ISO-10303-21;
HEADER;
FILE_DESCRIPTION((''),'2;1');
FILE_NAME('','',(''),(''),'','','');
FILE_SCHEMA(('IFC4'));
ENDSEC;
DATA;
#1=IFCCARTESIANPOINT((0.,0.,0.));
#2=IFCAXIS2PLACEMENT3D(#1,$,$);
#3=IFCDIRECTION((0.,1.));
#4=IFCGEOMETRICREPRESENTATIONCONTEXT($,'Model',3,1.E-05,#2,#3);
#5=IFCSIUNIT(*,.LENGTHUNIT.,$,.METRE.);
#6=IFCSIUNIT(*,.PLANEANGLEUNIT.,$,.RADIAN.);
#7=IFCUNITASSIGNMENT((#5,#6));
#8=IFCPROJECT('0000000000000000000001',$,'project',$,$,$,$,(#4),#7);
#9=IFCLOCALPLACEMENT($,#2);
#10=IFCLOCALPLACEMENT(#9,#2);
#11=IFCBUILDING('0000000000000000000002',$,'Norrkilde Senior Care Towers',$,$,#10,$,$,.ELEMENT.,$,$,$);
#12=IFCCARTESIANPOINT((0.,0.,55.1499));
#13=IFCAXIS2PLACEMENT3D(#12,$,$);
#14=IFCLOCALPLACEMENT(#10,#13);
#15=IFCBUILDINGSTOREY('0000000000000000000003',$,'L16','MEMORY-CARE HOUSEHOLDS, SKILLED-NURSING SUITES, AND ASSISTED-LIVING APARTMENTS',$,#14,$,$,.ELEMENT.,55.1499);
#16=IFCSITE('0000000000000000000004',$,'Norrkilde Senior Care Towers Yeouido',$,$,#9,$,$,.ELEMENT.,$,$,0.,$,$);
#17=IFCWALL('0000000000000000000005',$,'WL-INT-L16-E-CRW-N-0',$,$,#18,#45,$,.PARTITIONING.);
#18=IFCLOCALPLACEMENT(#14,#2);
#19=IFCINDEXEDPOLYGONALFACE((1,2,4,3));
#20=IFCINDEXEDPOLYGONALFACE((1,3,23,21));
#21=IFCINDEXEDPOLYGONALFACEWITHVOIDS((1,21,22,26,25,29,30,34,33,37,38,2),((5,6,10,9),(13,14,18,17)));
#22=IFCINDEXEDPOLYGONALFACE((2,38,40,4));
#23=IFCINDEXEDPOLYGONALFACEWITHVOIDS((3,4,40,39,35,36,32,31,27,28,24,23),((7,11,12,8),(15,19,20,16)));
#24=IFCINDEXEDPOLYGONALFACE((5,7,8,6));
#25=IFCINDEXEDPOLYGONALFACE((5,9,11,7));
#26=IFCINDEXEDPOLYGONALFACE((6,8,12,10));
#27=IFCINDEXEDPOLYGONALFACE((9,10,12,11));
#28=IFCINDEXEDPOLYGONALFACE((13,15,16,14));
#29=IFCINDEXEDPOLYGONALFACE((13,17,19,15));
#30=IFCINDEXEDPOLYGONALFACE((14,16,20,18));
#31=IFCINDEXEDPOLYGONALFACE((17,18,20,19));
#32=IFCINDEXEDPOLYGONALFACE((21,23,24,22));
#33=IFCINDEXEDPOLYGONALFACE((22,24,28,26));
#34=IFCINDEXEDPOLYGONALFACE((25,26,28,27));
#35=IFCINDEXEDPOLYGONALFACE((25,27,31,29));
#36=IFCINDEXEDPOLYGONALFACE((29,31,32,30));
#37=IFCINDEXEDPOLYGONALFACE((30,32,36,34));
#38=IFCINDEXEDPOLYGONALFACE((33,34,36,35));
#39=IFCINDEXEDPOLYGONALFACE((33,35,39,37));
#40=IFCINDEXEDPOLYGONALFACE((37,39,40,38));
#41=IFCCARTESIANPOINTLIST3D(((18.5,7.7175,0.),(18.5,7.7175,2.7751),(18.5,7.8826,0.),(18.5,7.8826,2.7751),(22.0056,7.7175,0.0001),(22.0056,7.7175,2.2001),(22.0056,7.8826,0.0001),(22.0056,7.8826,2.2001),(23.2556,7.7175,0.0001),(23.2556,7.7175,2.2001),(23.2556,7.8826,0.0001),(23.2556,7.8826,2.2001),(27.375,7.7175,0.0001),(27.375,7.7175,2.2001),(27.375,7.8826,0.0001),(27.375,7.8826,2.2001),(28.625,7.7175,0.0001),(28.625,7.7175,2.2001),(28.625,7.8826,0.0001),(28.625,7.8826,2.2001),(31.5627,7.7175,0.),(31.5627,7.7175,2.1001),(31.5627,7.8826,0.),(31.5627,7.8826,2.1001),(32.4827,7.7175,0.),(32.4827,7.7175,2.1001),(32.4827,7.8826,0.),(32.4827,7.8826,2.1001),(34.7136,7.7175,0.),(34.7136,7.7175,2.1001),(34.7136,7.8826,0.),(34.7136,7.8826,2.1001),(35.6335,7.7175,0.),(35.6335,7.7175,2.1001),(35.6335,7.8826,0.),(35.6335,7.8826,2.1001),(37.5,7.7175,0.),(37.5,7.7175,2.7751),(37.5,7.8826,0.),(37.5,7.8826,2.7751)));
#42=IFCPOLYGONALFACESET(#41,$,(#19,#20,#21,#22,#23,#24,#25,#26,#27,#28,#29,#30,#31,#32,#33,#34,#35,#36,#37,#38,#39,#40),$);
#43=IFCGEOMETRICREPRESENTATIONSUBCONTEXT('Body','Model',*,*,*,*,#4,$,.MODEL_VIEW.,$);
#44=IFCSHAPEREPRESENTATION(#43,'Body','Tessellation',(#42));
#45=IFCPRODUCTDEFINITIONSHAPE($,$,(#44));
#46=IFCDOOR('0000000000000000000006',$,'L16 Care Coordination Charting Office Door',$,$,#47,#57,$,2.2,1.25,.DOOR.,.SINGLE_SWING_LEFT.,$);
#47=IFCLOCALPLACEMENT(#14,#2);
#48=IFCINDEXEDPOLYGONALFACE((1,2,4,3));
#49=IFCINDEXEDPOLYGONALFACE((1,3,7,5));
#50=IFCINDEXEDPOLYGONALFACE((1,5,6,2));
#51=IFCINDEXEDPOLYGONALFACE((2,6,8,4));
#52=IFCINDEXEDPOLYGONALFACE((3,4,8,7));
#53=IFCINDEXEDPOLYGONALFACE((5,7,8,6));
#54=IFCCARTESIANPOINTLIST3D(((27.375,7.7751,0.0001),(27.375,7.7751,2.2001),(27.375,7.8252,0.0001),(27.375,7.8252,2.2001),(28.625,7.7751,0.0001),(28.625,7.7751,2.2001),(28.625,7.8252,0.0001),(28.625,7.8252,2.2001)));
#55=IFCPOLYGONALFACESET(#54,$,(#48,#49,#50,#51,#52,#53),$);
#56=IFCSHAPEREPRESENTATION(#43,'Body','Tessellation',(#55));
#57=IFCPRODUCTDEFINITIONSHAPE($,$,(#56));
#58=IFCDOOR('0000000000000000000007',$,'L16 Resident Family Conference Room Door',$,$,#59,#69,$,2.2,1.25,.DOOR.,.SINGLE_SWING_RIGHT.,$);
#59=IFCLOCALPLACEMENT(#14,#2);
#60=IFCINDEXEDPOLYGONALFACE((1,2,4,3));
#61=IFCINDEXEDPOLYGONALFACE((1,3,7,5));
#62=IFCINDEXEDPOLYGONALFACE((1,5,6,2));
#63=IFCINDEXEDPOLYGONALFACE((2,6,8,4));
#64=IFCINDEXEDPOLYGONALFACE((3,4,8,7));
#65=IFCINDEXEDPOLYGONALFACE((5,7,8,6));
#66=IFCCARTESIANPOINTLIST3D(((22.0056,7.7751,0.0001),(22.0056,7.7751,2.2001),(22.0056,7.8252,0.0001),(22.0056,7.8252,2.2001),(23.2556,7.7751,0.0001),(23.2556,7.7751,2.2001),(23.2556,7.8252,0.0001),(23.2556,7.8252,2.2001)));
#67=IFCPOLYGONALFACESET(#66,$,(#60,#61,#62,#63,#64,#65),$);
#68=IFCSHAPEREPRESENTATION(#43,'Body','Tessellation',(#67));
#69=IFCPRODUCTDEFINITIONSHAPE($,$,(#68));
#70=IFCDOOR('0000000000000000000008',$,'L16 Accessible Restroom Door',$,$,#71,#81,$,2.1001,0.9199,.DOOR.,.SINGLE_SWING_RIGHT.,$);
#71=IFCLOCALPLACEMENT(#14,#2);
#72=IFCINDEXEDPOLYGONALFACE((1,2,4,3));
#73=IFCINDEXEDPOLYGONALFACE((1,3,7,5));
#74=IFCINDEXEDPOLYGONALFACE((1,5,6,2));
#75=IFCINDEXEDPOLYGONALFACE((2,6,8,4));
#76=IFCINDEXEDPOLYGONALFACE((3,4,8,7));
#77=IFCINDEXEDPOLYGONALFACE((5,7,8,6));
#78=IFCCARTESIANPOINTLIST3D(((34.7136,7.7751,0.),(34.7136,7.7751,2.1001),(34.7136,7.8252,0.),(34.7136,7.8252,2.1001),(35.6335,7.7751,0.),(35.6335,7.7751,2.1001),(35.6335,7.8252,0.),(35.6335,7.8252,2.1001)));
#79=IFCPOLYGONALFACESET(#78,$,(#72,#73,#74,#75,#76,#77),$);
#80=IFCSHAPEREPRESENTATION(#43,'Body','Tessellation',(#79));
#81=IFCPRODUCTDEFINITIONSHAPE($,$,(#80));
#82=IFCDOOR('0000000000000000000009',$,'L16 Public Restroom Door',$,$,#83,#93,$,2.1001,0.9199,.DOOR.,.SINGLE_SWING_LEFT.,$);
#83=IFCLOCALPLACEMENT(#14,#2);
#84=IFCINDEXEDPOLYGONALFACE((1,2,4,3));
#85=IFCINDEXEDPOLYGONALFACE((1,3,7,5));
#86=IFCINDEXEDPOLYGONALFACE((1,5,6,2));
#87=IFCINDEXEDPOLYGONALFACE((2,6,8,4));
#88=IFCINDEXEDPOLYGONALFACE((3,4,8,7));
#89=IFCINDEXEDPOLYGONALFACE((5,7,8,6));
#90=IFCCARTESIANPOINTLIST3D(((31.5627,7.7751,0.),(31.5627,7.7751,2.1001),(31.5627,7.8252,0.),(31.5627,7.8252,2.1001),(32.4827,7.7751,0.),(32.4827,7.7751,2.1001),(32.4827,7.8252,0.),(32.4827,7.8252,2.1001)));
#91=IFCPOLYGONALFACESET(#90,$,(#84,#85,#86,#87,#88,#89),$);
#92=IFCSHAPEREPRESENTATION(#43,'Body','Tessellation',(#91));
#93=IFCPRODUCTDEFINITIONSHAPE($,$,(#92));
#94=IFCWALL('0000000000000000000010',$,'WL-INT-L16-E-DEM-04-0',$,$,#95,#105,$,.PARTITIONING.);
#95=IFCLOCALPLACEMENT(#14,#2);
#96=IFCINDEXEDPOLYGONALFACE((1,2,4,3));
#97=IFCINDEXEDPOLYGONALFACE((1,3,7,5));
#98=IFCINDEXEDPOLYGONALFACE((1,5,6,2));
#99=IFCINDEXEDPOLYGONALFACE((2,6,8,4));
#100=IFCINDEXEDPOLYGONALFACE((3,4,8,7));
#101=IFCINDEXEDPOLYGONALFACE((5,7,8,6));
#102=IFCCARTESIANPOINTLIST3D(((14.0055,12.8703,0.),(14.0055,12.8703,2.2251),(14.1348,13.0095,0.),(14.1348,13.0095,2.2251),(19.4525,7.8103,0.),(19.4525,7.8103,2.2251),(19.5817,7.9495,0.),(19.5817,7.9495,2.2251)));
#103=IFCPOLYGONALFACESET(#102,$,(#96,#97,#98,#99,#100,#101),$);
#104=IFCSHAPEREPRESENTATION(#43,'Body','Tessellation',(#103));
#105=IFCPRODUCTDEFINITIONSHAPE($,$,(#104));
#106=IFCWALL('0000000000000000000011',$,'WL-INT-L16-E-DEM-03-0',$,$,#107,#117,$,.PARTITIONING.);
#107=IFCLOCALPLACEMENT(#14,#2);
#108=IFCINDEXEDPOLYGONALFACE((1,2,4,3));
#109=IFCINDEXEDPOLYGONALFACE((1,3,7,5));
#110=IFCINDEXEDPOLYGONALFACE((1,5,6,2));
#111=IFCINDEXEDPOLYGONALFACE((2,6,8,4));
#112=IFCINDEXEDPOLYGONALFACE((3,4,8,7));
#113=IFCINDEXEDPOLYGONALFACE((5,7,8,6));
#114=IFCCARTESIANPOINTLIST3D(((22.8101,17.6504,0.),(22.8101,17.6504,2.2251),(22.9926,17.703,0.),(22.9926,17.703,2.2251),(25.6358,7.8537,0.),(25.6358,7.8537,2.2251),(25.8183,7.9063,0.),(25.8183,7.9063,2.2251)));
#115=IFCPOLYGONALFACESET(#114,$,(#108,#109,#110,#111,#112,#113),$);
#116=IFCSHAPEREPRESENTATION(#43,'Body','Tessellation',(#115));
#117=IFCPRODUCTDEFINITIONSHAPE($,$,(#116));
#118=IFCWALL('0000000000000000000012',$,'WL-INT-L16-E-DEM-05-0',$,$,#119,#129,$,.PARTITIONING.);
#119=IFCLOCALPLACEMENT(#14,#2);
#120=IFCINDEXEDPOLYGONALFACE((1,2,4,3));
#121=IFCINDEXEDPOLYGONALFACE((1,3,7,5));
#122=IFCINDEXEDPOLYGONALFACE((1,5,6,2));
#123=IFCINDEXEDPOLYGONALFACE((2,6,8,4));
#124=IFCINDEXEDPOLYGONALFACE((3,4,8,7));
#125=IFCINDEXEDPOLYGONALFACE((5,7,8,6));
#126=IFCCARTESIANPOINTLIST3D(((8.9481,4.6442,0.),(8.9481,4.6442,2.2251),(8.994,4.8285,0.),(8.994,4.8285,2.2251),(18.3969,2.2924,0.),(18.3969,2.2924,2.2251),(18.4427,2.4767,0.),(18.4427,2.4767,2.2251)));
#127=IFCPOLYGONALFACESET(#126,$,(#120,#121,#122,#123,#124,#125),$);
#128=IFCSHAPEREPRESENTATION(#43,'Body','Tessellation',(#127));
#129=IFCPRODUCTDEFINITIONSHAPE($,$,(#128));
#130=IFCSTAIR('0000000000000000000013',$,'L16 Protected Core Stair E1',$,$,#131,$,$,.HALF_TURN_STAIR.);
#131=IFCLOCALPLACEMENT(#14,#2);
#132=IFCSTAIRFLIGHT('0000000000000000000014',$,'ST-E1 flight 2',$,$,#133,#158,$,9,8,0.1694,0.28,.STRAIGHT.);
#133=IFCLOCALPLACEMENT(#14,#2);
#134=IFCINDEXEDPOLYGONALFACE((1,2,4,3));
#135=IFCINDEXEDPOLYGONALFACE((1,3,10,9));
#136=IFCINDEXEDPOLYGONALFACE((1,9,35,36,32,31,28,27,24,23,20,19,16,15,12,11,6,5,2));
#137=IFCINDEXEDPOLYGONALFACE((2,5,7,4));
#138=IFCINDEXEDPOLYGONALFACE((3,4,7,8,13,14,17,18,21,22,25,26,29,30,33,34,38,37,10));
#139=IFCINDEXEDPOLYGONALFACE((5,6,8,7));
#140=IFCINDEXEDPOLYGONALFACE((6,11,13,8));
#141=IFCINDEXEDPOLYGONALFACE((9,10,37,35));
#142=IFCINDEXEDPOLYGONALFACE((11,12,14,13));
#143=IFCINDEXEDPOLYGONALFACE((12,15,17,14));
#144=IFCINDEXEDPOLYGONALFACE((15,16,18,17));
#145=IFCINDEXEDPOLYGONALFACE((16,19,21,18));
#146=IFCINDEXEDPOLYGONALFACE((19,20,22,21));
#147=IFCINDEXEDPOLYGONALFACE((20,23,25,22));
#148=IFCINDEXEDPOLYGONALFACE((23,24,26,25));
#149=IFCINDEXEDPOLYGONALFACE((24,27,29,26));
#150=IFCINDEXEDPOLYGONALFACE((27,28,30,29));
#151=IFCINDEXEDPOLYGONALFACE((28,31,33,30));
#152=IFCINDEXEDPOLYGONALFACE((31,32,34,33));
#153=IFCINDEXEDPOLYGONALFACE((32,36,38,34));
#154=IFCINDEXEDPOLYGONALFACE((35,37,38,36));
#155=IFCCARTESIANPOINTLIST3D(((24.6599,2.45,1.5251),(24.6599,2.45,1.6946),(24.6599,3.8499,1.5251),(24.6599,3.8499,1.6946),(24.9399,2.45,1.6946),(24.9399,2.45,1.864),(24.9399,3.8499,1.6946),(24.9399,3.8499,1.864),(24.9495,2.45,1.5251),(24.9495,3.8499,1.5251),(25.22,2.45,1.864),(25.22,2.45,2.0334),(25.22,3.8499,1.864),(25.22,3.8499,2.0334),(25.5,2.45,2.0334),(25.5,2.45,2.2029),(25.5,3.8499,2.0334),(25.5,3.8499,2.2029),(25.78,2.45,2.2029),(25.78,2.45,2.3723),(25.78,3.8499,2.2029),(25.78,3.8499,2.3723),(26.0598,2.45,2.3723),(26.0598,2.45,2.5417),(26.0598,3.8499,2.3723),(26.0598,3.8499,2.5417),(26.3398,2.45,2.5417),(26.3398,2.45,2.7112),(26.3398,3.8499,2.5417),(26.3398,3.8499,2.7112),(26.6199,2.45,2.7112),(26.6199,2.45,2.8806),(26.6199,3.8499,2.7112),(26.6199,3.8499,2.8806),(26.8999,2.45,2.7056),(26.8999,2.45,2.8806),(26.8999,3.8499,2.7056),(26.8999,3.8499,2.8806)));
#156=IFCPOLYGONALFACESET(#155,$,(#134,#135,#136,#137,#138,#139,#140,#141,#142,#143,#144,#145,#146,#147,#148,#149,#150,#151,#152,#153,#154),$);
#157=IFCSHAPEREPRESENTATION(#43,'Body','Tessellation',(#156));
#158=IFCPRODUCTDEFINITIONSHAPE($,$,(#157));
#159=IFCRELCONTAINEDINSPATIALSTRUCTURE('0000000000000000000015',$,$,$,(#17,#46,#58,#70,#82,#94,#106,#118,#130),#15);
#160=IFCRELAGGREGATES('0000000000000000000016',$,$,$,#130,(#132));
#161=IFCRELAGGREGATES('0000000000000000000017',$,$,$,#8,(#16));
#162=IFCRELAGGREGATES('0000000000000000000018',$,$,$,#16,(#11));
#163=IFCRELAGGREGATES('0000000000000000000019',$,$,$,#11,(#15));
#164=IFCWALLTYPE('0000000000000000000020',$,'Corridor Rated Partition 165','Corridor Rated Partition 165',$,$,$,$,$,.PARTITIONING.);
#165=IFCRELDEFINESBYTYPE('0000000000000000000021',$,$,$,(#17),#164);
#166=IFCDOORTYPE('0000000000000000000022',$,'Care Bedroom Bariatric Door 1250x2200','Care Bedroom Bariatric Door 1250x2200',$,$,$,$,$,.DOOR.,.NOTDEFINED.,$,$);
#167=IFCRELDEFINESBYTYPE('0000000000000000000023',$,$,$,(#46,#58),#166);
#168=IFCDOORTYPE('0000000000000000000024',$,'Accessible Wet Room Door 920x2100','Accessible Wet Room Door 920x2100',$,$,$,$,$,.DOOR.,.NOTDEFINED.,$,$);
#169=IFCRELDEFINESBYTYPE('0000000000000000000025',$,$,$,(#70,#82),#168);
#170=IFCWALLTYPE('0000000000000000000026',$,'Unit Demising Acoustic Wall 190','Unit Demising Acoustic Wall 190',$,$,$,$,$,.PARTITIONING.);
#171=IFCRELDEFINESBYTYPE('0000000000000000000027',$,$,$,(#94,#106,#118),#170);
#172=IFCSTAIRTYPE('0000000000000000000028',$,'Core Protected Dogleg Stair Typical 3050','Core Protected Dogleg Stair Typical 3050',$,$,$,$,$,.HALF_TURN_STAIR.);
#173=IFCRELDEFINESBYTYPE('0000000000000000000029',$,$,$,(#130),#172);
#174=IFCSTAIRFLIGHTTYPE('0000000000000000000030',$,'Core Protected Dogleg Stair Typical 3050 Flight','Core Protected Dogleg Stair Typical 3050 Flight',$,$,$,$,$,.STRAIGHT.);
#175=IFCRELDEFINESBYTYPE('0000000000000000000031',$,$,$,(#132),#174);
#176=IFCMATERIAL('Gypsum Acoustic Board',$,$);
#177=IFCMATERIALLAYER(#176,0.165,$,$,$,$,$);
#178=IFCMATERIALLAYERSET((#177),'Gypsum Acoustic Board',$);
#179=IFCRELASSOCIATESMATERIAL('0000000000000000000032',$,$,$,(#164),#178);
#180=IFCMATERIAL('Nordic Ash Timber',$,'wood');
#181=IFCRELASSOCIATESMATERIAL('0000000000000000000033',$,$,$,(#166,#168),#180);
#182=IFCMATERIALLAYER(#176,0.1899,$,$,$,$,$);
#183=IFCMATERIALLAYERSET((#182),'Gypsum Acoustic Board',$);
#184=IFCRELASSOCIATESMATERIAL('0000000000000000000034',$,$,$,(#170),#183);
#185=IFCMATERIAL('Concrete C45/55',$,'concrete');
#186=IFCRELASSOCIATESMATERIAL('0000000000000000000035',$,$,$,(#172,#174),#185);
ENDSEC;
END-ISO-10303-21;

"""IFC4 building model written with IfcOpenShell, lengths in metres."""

from ifc_helpers import new_model, si_unit, direction, frame, frame_2d, origin, place, context, subcontext, project, spatial, polyline, rectangle, outline, extrude, source, transform, mapped, material, layer, layer_set, type_object, type_shapes, element, fill, aggregate, save


model = new_model("IFC4")

# Units and contexts
model_context = context("Model", 3, precision=1e-05, world=origin(), true_north=direction((0.0, 1.0)))
body_context = subcontext(model_context, "Body", "Model", "MODEL_VIEW")
ifc_project = project(units=[si_unit("LENGTHUNIT", "METRE"), si_unit("PLANEANGLEUNIT", "RADIAN")], contexts=[model_context])

# Site, building, storey
site_placement = place(None, origin())
site = spatial("IfcSite", under=ifc_project, at=site_placement, Name="Norrkilde Senior Care Towers Yeouido", CompositionType="ELEMENT", RefElevation=0.0)
building_placement = place(site_placement, origin())
building = spatial("IfcBuilding", under=site, at=building_placement, Name="Norrkilde Senior Care Towers", CompositionType="ELEMENT")
storey_placement = place(building_placement, frame((0.0, 0.0, 55.1499)))
storey = spatial("IfcBuildingStorey", under=building, at=storey_placement, Name="L16", Description="MEMORY-CARE HOUSEHOLDS, SKILLED-NURSING SUITES, AND ASSISTED-LIVING APARTMENTS", CompositionType="ELEMENT", Elevation=55.1499)

# Shared definitions
ifc_material_1 = material(Name="Concrete C45/55", Category="concrete")

# Wall, openings, doors
ifc_material_2 = material(Name="Gypsum Acoustic Board")
ifc_layer_1 = layer(ifc_material_2, 0.165)
ifc_layer_set_1 = layer_set([ifc_layer_1], Name="Gypsum Acoustic Board")
wall_type_1 = type_object("IfcWallType", Name="Corridor Rated Partition 165", Description="Corridor Rated Partition 165", PredefinedType="PARTITIONING", material=ifc_layer_set_1)
shared_shape_1 = source(origin(), body_context, "Body", "SweptSolid", [
    extrude(rectangle(XDim=19.0, YDim=0.165, at=frame_2d((9.5, 0.0))), origin(), (0.0, 0.0, 1.0), 2.7751),
])
type_shapes(wall_type_1, [shared_shape_1])
wall_1_placement = place(storey_placement, frame((18.5, 7.8, 0.0), z_axis=(0.0, 0.0, 1.0), x_axis=(1.0, 0.0, 0.0)))
wall_1 = element("IfcWall", 1, at=wall_1_placement, inside=storey, type_object=wall_type_1, Name="WL-INT-L16-E-CRW-N-0", PredefinedType="PARTITIONING", context=body_context, shape_type="MappedRepresentation", body=[
    mapped(shared_shape_1, transform((0.0, 0.0, 0.0), x_axis=(1.0, 0.0, 0.0), y_axis=(0.0, 1.0, 0.0), z_axis=(0.0, 0.0, 1.0), scale=1.0)),
])
opening_1_placement = place(wall_1_placement, frame((16.2136, 0.0, 0.0)))
opening_1 = element("IfcOpeningElement", 2, at=opening_1_placement, cuts=wall_1, PredefinedType="OPENING", context=body_context, shape_type="SweptSolid", body=[
    extrude(rectangle(XDim=0.9199, YDim=2.1001, at=frame_2d((0.46, 1.05))), frame((0.0, 0.0925, 0.0), z_axis=(0.0, -1.0, 0.0), x_axis=(1.0, 0.0, 0.0)), (0.0, 0.0, 1.0), 0.1851),
])
opening_2_placement = place(wall_1_placement, frame((13.0627, 0.0, 0.0)))
opening_2 = element("IfcOpeningElement", 3, at=opening_2_placement, cuts=wall_1, PredefinedType="OPENING", context=body_context, shape_type="SweptSolid", body=[
    extrude(rectangle(XDim=0.9199, YDim=2.1001, at=frame_2d((0.46, 1.05))), frame((0.0, 0.0925, 0.0), z_axis=(0.0, -1.0, 0.0), x_axis=(1.0, 0.0, 0.0)), (0.0, 0.0, 1.0), 0.1851),
])
opening_3_placement = place(wall_1_placement, frame((8.875, 0.0, 0.0)))
opening_3 = element("IfcOpeningElement", 4, at=opening_3_placement, cuts=wall_1, PredefinedType="OPENING", context=body_context, shape_type="SweptSolid", body=[
    extrude(rectangle(XDim=1.25, YDim=2.2, at=frame_2d((0.625, 1.1001))), frame((0.0, 0.0925, 0.0), z_axis=(0.0, -1.0, 0.0), x_axis=(1.0, 0.0, 0.0)), (0.0, 0.0, 1.0), 0.1851),
])
opening_4_placement = place(wall_1_placement, frame((3.5056, 0.0, 0.0)))
opening_4 = element("IfcOpeningElement", 5, at=opening_4_placement, cuts=wall_1, PredefinedType="OPENING", context=body_context, shape_type="SweptSolid", body=[
    extrude(rectangle(XDim=1.25, YDim=2.2, at=frame_2d((0.625, 1.1001))), frame((0.0, 0.0925, 0.0), z_axis=(0.0, -1.0, 0.0), x_axis=(1.0, 0.0, 0.0)), (0.0, 0.0, 1.0), 0.1851),
])
ifc_material_3 = material(Name="Nordic Ash Timber", Category="wood")
door_type_1 = type_object("IfcDoorType", Name="Care Bedroom Bariatric Door 1250x2200", Description="Care Bedroom Bariatric Door 1250x2200", OperationType="NOTDEFINED", PredefinedType="DOOR", material=ifc_material_3)
shared_shape_2 = source(origin(), body_context, "Body", "SweptSolid", [
    extrude(rectangle(XDim=1.25, YDim=2.2, at=frame_2d((0.625, 1.1001))), frame((0.0, 0.0249, 0.0), z_axis=(0.0, -1.0, 0.0), x_axis=(1.0, 0.0, 0.0)), (0.0, 0.0, 1.0), 0.05),
])
type_shapes(door_type_1, [shared_shape_2])
door_1_placement = place(opening_3_placement, frame((1.25, 0.0, 0.0), z_axis=(0.0, 0.0, 1.0), x_axis=(-1.0, 0.0, 0.0)))
door_1 = element("IfcDoor", 6, at=door_1_placement, inside=storey, type_object=door_type_1, Name="L16 Care Coordination Charting Office Door", OperationType="SINGLE_SWING_LEFT", OverallHeight=2.2, OverallWidth=1.25, PredefinedType="DOOR", context=body_context, shape_type="MappedRepresentation", body=[
    mapped(shared_shape_2, transform((0.0, 0.0, 0.0), x_axis=(1.0, 0.0, 0.0), y_axis=(0.0, 1.0, 0.0), z_axis=(0.0, 0.0, 1.0), scale=1.0)),
])
fill(opening_3, door_1)
door_2_placement = place(opening_4_placement, frame((1.25, 0.0, 0.0), z_axis=(0.0, 0.0, 1.0), x_axis=(-1.0, 0.0, 0.0)))
door_2 = element("IfcDoor", 7, at=door_2_placement, inside=storey, type_object=door_type_1, Name="L16 Resident Family Conference Room Door", OperationType="SINGLE_SWING_RIGHT", OverallHeight=2.2, OverallWidth=1.25, PredefinedType="DOOR", context=body_context, shape_type="MappedRepresentation", body=[
    mapped(shared_shape_2, transform((0.0, 0.0, 0.0), x_axis=(1.0, 0.0, 0.0), y_axis=(0.0, 1.0, 0.0), z_axis=(0.0, 0.0, 1.0), scale=1.0)),
])
fill(opening_4, door_2)
door_type_2 = type_object("IfcDoorType", Name="Accessible Wet Room Door 920x2100", Description="Accessible Wet Room Door 920x2100", OperationType="NOTDEFINED", PredefinedType="DOOR", material=ifc_material_3)
shared_shape_3 = source(origin(), body_context, "Body", "SweptSolid", [
    extrude(rectangle(XDim=0.9199, YDim=2.1001, at=frame_2d((0.46, 1.05))), frame((0.0, 0.0249, 0.0), z_axis=(0.0, -1.0, 0.0), x_axis=(1.0, 0.0, 0.0)), (0.0, 0.0, 1.0), 0.05),
])
type_shapes(door_type_2, [shared_shape_3])
door_3_placement = place(opening_1_placement, frame((0.9199, 0.0, 0.0), z_axis=(0.0, 0.0, 1.0), x_axis=(-1.0, 0.0, 0.0)))
door_3 = element("IfcDoor", 8, at=door_3_placement, inside=storey, type_object=door_type_2, Name="L16 Accessible Restroom Door", OperationType="SINGLE_SWING_RIGHT", OverallHeight=2.1001, OverallWidth=0.9199, PredefinedType="DOOR", context=body_context, shape_type="MappedRepresentation", body=[
    mapped(shared_shape_3, transform((0.0, 0.0, 0.0), x_axis=(1.0, 0.0, 0.0), y_axis=(0.0, 1.0, 0.0), z_axis=(0.0, 0.0, 1.0), scale=1.0)),
])
fill(opening_1, door_3)
door_4_placement = place(opening_2_placement, frame((0.9199, 0.0, 0.0), z_axis=(0.0, 0.0, 1.0), x_axis=(-1.0, 0.0, 0.0)))
door_4 = element("IfcDoor", 9, at=door_4_placement, inside=storey, type_object=door_type_2, Name="L16 Public Restroom Door", OperationType="SINGLE_SWING_LEFT", OverallHeight=2.1001, OverallWidth=0.9199, PredefinedType="DOOR", context=body_context, shape_type="MappedRepresentation", body=[
    mapped(shared_shape_3, transform((0.0, 0.0, 0.0), x_axis=(1.0, 0.0, 0.0), y_axis=(0.0, 1.0, 0.0), z_axis=(0.0, 0.0, 1.0), scale=1.0)),
])
fill(opening_2, door_4)

# Walls
ifc_layer_2 = layer(ifc_material_2, 0.1899)
ifc_layer_set_2 = layer_set([ifc_layer_2], Name="Gypsum Acoustic Board")
wall_type_2 = type_object("IfcWallType", Name="Unit Demising Acoustic Wall 190", Description="Unit Demising Acoustic Wall 190", PredefinedType="PARTITIONING", material=ifc_layer_set_2)
shared_shape_4 = source(origin(), body_context, "Body", "SweptSolid", [
    extrude(rectangle(XDim=7.4346, YDim=0.1899, at=frame_2d((3.7173, 0.0))), origin(), (0.0, 0.0, 1.0), 2.2251),
])
wall_2_placement = place(storey_placement, frame((19.5171, 7.8799, 0.0), z_axis=(0.0, 0.0, 1.0), x_axis=(-0.732652, 0.680603, 0.0)))
element("IfcWall", 10, at=wall_2_placement, inside=storey, type_object=wall_type_2, Name="WL-INT-L16-E-DEM-04-0", PredefinedType="PARTITIONING", context=body_context, shape_type="MappedRepresentation", body=[
    mapped(shared_shape_4, transform((0.0, 0.0, 0.0), x_axis=(1.0, 0.0, 0.0), y_axis=(0.0, 1.0, 0.0), z_axis=(0.0, 0.0, 1.0), scale=1.0)),
])
shared_shape_5 = source(origin(), body_context, "Body", "SweptSolid", [
    extrude(rectangle(XDim=10.196, YDim=0.1899, at=frame_2d((5.0981, 0.0))), origin(), (0.0, 0.0, 1.0), 2.2251),
])
wall_3_placement = place(storey_placement, frame((25.7271, 7.8799, 0.0), z_axis=(0.0, 0.0, 1.0), x_axis=(-0.277136, 0.960831, 0.0)))
element("IfcWall", 11, at=wall_3_placement, inside=storey, type_object=wall_type_2, Name="WL-INT-L16-E-DEM-03-0", PredefinedType="PARTITIONING", context=body_context, shape_type="MappedRepresentation", body=[
    mapped(shared_shape_5, transform((0.0, 0.0, 0.0), x_axis=(1.0, 0.0, 0.0), y_axis=(0.0, 1.0, 0.0), z_axis=(0.0, 0.0, 1.0), scale=1.0)),
])
shared_shape_6 = source(origin(), body_context, "Body", "SweptSolid", [
    extrude(rectangle(XDim=9.7371, YDim=0.1899, at=frame_2d((4.8687, 0.0))), origin(), (0.0, 0.0, 1.0), 2.2251),
])
type_shapes(wall_type_2, [shared_shape_4, shared_shape_5, shared_shape_6])
wall_4_placement = place(storey_placement, frame((18.4199, 2.3845, 0.0), z_axis=(0.0, 0.0, 1.0), x_axis=(-0.970393, 0.241533, 0.0)))
element("IfcWall", 12, at=wall_4_placement, inside=storey, type_object=wall_type_2, Name="WL-INT-L16-E-DEM-05-0", PredefinedType="PARTITIONING", context=body_context, shape_type="MappedRepresentation", body=[
    mapped(shared_shape_6, transform((0.0, 0.0, 0.0), x_axis=(1.0, 0.0, 0.0), y_axis=(0.0, 1.0, 0.0), z_axis=(0.0, 0.0, 1.0), scale=1.0)),
])

# Stair, stair flight
stair_type = type_object("IfcStairType", Name="Core Protected Dogleg Stair Typical 3050", Description="Core Protected Dogleg Stair Typical 3050", PredefinedType="HALF_TURN_STAIR", material=ifc_material_1)
stair_placement = place(storey_placement, origin())
stair = element("IfcStair", 13, at=stair_placement, inside=storey, type_object=stair_type, Name="L16 Protected Core Stair E1", PredefinedType="HALF_TURN_STAIR")
stair_flight_type = type_object("IfcStairFlightType", Name="Core Protected Dogleg Stair Typical 3050 Flight", Description="Core Protected Dogleg Stair Typical 3050 Flight", PredefinedType="STRAIGHT", material=ifc_material_1)
stair_flight_placement = place(storey_placement, frame((24.6599, 3.1499, 1.5251), z_axis=(0.0, 0.0, 1.0), x_axis=(1.0, 0.0, 0.0)))
stair_flight = element("IfcStairFlight", 14, at=stair_flight_placement, type_object=stair_flight_type, Name="ST-E1 flight 2", NumberOfRisers=9, NumberOfTreads=8, PredefinedType="STRAIGHT", RiserHeight=0.1694, TreadLength=0.28, context=body_context, shape_type="SweptSolid", body=[
    extrude(outline(polyline([(0.0, 0.0), (0.0, 0.1694), (0.28, 0.1694), (0.28, 0.3389), (0.5601, 0.3389), (0.5601, 0.5083), (0.8401, 0.5083), (0.8401, 0.6777), (1.1201, 0.6777), (1.1201, 0.8472), (1.3999, 0.8472), (1.3999, 1.0166), (1.6799, 1.0166), (1.6799, 1.186), (1.96, 1.186), (1.96, 1.3555), (2.24, 1.3555), (2.24, 1.5249), (2.24, 1.1804), (0.2896, 0.0), (0.0, 0.0)])), frame((0.0, 0.7, 0.0), z_axis=(0.0, -1.0, 0.0), x_axis=(1.0, 0.0, 0.0)), (0.0, 0.0, 1.0), 1.3999),
])
aggregate(stair, [stair_flight])

save(model, "model.ifc")
